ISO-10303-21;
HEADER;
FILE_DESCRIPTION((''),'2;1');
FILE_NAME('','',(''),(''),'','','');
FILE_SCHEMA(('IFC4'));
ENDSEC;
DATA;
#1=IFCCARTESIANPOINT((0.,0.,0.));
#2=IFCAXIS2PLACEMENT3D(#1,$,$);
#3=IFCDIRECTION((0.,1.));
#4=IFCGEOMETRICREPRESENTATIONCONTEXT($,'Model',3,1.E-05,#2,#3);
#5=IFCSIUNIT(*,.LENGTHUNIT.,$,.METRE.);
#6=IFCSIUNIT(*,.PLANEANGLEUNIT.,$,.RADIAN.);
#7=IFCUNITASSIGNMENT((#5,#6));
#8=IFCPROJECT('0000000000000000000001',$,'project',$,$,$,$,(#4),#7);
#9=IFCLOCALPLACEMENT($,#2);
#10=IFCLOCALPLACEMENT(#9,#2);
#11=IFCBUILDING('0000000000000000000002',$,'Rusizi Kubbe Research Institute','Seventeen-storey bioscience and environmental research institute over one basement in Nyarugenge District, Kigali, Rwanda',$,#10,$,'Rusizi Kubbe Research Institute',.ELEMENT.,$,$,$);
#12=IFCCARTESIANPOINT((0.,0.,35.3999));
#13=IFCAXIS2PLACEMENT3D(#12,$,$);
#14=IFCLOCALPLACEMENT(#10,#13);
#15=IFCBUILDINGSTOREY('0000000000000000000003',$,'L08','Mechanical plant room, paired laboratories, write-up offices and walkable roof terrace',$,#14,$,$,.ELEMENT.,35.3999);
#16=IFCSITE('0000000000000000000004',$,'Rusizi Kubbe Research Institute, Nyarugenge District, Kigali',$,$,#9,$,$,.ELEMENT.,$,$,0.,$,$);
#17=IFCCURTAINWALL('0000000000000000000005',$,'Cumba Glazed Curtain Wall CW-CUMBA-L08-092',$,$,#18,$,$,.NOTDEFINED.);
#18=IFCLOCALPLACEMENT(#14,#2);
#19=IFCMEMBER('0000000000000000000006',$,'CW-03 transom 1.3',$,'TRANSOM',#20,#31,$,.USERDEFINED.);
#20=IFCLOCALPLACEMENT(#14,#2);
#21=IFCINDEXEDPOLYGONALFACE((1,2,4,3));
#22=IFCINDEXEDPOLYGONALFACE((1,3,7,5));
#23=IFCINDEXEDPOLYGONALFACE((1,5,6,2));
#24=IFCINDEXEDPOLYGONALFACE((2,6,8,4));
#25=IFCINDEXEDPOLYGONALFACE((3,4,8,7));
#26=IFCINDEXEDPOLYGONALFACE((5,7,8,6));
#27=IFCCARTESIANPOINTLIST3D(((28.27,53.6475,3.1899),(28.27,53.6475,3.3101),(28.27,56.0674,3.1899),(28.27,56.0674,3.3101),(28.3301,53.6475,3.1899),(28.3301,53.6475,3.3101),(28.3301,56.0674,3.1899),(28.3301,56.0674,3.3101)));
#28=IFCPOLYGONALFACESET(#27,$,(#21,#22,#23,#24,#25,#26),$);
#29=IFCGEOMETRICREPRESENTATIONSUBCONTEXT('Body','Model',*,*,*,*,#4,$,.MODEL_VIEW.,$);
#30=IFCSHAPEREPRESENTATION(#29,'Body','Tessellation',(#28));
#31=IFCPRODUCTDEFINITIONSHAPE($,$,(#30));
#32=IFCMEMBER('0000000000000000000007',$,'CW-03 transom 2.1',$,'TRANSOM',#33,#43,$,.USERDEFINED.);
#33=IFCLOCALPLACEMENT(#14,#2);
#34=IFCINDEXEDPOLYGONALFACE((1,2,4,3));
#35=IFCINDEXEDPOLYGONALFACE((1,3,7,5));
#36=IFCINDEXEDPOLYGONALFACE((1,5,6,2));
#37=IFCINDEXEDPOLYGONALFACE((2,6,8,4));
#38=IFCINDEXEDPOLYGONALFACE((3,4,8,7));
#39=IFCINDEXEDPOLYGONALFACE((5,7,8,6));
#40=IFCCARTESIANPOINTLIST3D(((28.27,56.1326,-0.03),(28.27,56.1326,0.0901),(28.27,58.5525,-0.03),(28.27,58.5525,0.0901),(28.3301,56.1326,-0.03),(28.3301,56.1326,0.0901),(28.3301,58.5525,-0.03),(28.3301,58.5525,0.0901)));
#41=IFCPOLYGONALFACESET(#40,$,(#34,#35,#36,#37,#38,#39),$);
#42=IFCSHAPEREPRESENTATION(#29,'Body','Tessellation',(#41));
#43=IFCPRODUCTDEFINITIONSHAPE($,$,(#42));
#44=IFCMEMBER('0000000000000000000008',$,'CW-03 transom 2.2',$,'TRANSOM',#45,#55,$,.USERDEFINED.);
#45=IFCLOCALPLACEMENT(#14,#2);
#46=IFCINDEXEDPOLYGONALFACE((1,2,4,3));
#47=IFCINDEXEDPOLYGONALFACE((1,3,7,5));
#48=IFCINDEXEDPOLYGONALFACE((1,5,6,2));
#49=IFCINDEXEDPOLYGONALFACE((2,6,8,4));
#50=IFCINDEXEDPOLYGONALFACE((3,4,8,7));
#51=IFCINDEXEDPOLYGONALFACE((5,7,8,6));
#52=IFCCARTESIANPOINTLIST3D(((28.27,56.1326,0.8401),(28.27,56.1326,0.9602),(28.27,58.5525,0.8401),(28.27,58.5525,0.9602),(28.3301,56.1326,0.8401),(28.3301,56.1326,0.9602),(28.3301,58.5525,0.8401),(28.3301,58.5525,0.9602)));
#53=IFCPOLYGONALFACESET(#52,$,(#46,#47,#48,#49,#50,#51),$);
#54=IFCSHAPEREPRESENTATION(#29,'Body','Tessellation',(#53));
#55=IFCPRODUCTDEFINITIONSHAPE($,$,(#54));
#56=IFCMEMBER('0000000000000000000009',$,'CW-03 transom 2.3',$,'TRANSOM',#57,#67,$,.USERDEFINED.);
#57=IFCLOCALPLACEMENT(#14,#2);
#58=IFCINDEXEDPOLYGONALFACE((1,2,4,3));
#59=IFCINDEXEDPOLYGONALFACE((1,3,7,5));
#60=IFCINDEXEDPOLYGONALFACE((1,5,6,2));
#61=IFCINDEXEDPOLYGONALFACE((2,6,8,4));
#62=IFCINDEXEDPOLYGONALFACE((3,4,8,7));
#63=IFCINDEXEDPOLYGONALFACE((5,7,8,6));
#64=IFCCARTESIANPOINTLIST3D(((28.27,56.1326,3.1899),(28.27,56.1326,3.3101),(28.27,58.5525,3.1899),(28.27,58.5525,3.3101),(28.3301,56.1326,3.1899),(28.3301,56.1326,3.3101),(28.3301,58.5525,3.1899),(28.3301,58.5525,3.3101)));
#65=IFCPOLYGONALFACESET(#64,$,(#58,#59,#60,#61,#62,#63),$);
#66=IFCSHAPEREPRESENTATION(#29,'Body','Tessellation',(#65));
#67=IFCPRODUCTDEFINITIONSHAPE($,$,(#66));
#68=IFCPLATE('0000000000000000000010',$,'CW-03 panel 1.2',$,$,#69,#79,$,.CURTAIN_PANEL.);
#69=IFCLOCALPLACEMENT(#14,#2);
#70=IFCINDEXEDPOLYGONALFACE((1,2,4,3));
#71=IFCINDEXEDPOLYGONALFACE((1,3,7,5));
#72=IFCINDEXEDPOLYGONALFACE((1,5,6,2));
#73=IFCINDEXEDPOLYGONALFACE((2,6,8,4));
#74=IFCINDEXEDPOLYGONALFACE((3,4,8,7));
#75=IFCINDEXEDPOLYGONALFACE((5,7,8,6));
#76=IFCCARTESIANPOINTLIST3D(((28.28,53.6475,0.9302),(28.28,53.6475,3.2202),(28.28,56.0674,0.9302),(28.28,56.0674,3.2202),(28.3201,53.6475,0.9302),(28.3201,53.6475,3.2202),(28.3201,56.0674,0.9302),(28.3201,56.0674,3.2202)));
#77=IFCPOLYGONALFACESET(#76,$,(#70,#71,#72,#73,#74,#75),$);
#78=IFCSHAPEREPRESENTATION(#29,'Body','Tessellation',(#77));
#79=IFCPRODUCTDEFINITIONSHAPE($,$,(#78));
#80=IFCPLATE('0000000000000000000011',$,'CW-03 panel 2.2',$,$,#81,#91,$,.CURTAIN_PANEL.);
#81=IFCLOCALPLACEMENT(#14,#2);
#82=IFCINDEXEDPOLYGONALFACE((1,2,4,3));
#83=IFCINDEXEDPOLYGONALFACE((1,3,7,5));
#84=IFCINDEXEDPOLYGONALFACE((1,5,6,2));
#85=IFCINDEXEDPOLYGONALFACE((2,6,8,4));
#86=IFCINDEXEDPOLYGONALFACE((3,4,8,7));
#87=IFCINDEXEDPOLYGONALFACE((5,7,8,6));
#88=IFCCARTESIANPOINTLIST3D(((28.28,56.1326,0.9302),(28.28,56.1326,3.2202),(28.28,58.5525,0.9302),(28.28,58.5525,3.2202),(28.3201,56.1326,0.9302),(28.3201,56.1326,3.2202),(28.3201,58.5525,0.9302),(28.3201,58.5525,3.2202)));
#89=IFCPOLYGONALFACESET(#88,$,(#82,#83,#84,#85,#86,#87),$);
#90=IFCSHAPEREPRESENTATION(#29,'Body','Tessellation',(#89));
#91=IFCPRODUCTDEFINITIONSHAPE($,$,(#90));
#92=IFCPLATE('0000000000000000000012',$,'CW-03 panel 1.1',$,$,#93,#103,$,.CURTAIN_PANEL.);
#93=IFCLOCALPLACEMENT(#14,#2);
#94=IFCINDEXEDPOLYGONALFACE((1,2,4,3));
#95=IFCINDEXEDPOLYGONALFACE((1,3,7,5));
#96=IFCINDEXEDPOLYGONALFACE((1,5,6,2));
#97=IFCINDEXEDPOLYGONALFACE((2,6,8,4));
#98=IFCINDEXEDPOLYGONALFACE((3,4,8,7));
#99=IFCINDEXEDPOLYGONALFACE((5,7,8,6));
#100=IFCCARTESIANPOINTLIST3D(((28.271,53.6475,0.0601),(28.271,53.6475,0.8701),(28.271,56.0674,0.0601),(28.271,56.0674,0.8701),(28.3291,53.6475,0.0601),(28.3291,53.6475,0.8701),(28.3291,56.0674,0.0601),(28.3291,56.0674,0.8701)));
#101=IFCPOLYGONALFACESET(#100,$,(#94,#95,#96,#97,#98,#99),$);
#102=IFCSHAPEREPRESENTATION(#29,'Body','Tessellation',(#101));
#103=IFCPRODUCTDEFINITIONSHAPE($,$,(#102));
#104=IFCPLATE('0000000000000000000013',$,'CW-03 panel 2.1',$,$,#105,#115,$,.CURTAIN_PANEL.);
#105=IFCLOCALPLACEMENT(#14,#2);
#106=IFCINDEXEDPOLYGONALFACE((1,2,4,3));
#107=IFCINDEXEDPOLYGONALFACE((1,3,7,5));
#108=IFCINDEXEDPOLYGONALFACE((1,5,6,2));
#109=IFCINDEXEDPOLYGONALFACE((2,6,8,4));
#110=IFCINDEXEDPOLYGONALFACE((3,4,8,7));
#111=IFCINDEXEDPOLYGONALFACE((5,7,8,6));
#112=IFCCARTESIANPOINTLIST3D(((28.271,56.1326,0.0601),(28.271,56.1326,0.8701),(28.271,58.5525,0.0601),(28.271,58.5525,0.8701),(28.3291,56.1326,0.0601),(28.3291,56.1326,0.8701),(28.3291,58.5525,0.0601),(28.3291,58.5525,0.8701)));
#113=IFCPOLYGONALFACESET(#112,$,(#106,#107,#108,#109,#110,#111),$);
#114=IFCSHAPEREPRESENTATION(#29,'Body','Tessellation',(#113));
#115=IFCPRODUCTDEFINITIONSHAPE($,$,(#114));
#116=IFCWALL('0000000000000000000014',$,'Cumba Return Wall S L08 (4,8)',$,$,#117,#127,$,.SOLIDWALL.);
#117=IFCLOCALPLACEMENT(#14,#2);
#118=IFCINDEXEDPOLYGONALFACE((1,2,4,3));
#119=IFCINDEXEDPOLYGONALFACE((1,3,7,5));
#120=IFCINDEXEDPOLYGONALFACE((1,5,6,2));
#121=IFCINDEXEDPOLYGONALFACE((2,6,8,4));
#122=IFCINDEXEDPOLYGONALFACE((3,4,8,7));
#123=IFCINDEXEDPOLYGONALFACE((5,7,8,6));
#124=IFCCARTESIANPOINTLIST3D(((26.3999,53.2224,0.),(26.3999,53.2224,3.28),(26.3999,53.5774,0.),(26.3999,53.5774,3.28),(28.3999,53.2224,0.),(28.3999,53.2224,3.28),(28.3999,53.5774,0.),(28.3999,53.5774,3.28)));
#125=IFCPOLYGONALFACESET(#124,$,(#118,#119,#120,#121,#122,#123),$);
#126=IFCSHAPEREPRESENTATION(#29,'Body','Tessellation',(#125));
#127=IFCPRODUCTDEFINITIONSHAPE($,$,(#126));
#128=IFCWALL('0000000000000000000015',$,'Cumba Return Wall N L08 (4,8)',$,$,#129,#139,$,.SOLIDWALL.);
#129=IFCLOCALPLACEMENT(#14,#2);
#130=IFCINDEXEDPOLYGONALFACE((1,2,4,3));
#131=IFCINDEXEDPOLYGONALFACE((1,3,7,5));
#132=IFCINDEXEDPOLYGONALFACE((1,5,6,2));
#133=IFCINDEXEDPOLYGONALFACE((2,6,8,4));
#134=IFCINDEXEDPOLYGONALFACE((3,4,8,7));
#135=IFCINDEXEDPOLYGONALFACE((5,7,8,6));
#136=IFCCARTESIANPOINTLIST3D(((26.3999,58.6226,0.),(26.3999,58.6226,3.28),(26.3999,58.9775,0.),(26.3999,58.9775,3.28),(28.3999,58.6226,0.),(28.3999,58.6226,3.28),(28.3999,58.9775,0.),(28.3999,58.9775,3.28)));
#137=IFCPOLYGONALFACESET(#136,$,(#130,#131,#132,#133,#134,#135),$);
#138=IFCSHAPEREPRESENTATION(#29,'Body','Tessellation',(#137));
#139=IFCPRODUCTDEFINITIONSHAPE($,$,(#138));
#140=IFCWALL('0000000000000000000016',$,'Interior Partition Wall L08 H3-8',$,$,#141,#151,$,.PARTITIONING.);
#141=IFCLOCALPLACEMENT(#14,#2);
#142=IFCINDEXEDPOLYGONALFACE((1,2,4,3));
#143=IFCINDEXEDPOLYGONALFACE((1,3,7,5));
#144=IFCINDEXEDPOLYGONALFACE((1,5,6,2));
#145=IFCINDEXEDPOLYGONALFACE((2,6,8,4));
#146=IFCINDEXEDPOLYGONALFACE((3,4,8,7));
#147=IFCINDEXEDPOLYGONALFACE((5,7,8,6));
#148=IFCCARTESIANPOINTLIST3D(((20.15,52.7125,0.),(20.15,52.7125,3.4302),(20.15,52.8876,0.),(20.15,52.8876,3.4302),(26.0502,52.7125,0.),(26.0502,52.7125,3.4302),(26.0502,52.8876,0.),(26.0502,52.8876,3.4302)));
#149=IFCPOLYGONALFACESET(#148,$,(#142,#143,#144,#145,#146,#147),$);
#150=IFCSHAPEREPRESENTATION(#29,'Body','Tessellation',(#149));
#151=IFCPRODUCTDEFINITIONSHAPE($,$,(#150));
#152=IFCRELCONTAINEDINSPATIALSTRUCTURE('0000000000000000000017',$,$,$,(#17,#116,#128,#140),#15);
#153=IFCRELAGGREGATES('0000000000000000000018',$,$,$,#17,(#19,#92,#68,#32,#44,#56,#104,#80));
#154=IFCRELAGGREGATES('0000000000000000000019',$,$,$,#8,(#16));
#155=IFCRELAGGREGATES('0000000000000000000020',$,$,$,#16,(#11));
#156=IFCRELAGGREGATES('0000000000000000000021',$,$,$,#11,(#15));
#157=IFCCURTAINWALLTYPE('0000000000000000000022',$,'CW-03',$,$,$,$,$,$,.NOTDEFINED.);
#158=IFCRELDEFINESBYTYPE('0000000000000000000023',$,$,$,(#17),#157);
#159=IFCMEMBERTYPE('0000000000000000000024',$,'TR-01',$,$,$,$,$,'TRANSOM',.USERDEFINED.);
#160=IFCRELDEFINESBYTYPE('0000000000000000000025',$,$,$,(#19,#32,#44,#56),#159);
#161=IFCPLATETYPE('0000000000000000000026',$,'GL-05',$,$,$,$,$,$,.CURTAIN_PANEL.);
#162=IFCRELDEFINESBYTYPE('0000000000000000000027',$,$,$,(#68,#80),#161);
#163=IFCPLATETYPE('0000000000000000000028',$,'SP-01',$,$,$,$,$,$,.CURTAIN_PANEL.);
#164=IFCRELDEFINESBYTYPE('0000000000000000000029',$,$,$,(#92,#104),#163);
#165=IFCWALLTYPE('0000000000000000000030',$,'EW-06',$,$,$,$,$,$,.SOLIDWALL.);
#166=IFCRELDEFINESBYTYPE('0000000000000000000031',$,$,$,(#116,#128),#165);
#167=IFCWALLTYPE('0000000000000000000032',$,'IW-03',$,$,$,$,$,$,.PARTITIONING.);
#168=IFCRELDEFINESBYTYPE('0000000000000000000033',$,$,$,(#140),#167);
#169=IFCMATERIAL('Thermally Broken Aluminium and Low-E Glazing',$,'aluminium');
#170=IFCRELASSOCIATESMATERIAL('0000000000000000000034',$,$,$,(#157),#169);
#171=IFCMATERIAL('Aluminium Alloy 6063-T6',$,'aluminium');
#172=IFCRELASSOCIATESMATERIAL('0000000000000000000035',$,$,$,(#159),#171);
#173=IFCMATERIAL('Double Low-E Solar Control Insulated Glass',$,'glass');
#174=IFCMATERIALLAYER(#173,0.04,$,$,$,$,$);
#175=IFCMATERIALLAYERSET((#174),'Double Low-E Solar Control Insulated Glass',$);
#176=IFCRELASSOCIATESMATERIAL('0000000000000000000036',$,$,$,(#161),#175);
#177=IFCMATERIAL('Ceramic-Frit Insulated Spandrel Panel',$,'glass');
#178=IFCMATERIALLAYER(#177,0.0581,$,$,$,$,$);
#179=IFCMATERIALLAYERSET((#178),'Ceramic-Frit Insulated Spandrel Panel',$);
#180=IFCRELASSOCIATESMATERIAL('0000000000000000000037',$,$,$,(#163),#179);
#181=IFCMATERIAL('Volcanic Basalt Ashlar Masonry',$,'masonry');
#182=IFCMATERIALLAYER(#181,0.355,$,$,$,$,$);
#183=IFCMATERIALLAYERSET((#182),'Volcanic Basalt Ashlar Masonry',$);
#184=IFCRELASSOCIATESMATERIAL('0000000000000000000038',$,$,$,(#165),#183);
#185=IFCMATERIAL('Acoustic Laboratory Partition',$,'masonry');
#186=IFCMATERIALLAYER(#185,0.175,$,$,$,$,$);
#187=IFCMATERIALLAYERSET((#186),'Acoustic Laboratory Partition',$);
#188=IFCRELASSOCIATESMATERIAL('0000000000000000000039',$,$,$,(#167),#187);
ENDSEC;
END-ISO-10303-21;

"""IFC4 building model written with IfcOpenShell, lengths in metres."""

from ifc_helpers import new_model, si_unit, direction, frame, frame_2d, origin, origin_2d, place, context, subcontext, project, spatial, rectangle, extrude, material, layer, layer_set, material_profile, profile_set, type_object, element, aggregate, save


model = new_model("IFC4")

# Units and contexts
model_context = context("Model", 3, precision=1e-05, world=origin(), true_north=direction((0.0, 1.0)))
body_context = subcontext(model_context, "Body", "Model", "MODEL_VIEW")
ifc_project = project(units=[si_unit("LENGTHUNIT", "METRE"), si_unit("PLANEANGLEUNIT", "RADIAN")], contexts=[model_context])

# Site, building, storey
site_placement = place(None, origin())
site = spatial("IfcSite", under=ifc_project, at=site_placement, Name="Rusizi Kubbe Research Institute, Nyarugenge District, Kigali", CompositionType="ELEMENT", RefElevation=0.0)
building_placement = place(site_placement, origin())
building = spatial("IfcBuilding", under=site, at=building_placement, Name="Rusizi Kubbe Research Institute", Description="Seventeen-storey bioscience and environmental research institute over one basement in Nyarugenge District, Kigali, Rwanda", LongName="Rusizi Kubbe Research Institute", CompositionType="ELEMENT")
storey_placement = place(building_placement, frame((0.0, 0.0, 35.3999)))
storey = spatial("IfcBuildingStorey", under=building, at=storey_placement, Name="L08", Description="Mechanical plant room, paired laboratories, write-up offices and walkable roof terrace", CompositionType="ELEMENT", Elevation=35.3999)

# Curtain wall
ifc_material_1 = material(Name="Thermally Broken Aluminium and Low-E Glazing", Category="aluminium")
curtain_wall_type_1 = type_object("IfcCurtainWallType", Name="CW-03", PredefinedType="NOTDEFINED", material=ifc_material_1)
curtain_wall_1_placement = place(storey_placement, origin())
curtain_wall_1 = element("IfcCurtainWall", 1, at=curtain_wall_1_placement, inside=storey, type_object=curtain_wall_type_1, Name="Cumba Glazed Curtain Wall CW-CUMBA-L08-092", PredefinedType="NOTDEFINED")

# Members
ifc_material_2 = material(Name="Aluminium Alloy 6063-T6", Category="aluminium")
ifc_material_profile_1 = material_profile(ifc_material_2, rectangle(XDim=0.0601, YDim=0.1201, at=origin_2d()), Name="ALU-T 60x120")
ifc_profile_set_1 = profile_set([ifc_material_profile_1], Name="Aluminium Alloy 6063-T6")
member_type_1 = type_object("IfcMemberType", Name="TR-01", ElementType="TRANSOM", PredefinedType="USERDEFINED", material=ifc_profile_set_1)
member_1_placement = place(storey_placement, frame((28.3, 53.6475, 3.25), z_axis=(0.0, 1.0, 0.0), x_axis=(-1.0, 0.0, 0.0)))
member_1 = element("IfcMember", 2, at=member_1_placement, type_object=member_type_1, Name="CW-03 transom 1.3", ObjectType="TRANSOM", PredefinedType="USERDEFINED", context=body_context, shape_type="SweptSolid", body=[
    extrude(rectangle(XDim=0.0601, YDim=0.1201, at=origin_2d()), origin(), (0.0, 0.0, 1.0), 2.4199),
])
member_2_placement = place(storey_placement, frame((28.3, 56.1326, 0.03), z_axis=(0.0, 1.0, 0.0), x_axis=(-1.0, 0.0, 0.0)))
member_2 = element("IfcMember", 3, at=member_2_placement, type_object=member_type_1, Name="CW-03 transom 2.1", ObjectType="TRANSOM", PredefinedType="USERDEFINED", context=body_context, shape_type="SweptSolid", body=[
    extrude(rectangle(XDim=0.0601, YDim=0.1201, at=origin_2d()), origin(), (0.0, 0.0, 1.0), 2.4199),
])
member_3_placement = place(storey_placement, frame((28.3, 56.1326, 0.9001), z_axis=(0.0, 1.0, 0.0), x_axis=(-1.0, 0.0, 0.0)))
member_3 = element("IfcMember", 4, at=member_3_placement, type_object=member_type_1, Name="CW-03 transom 2.2", ObjectType="TRANSOM", PredefinedType="USERDEFINED", context=body_context, shape_type="SweptSolid", body=[
    extrude(rectangle(XDim=0.0601, YDim=0.1201, at=origin_2d()), origin(), (0.0, 0.0, 1.0), 2.4199),
])
member_4_placement = place(storey_placement, frame((28.3, 56.1326, 3.25), z_axis=(0.0, 1.0, 0.0), x_axis=(-1.0, 0.0, 0.0)))
member_4 = element("IfcMember", 5, at=member_4_placement, type_object=member_type_1, Name="CW-03 transom 2.3", ObjectType="TRANSOM", PredefinedType="USERDEFINED", context=body_context, shape_type="SweptSolid", body=[
    extrude(rectangle(XDim=0.0601, YDim=0.1201, at=origin_2d()), origin(), (0.0, 0.0, 1.0), 2.4199),
])

# Plates
ifc_material_3 = material(Name="Double Low-E Solar Control Insulated Glass", Category="glass")
ifc_layer_1 = layer(ifc_material_3, 0.04)
ifc_layer_set_1 = layer_set([ifc_layer_1], Name="Double Low-E Solar Control Insulated Glass")
plate_type_1 = type_object("IfcPlateType", Name="GL-05", PredefinedType="CURTAIN_PANEL", material=ifc_layer_set_1)
plate_1_placement = place(storey_placement, frame((28.3, 54.8574, 0.9302), z_axis=(0.0, 0.0, 1.0), x_axis=(0.0, 1.0, 0.0)))
plate_1 = element("IfcPlate", 6, at=plate_1_placement, type_object=plate_type_1, Name="CW-03 panel 1.2", PredefinedType="CURTAIN_PANEL", context=body_context, shape_type="SweptSolid", body=[
    extrude(rectangle(XDim=2.4199, YDim=0.04, at=origin_2d()), origin(), (0.0, 0.0, 1.0), 2.29),
])
plate_2_placement = place(storey_placement, frame((28.3, 57.3425, 0.9302), z_axis=(0.0, 0.0, 1.0), x_axis=(0.0, 1.0, 0.0)))
plate_2 = element("IfcPlate", 7, at=plate_2_placement, type_object=plate_type_1, Name="CW-03 panel 2.2", PredefinedType="CURTAIN_PANEL", context=body_context, shape_type="SweptSolid", body=[
    extrude(rectangle(XDim=2.4199, YDim=0.04, at=origin_2d()), origin(), (0.0, 0.0, 1.0), 2.29),
])
ifc_material_4 = material(Name="Ceramic-Frit Insulated Spandrel Panel", Category="glass")
ifc_layer_2 = layer(ifc_material_4, 0.0581)
ifc_layer_set_2 = layer_set([ifc_layer_2], Name="Ceramic-Frit Insulated Spandrel Panel")
plate_type_2 = type_object("IfcPlateType", Name="SP-01", PredefinedType="CURTAIN_PANEL", material=ifc_layer_set_2)
plate_3_placement = place(storey_placement, frame((28.3, 54.8574, 0.0601), z_axis=(0.0, 0.0, 1.0), x_axis=(0.0, 1.0, 0.0)))
plate_3 = element("IfcPlate", 8, at=plate_3_placement, type_object=plate_type_2, Name="CW-03 panel 1.1", PredefinedType="CURTAIN_PANEL", context=body_context, shape_type="SweptSolid", body=[
    extrude(rectangle(XDim=2.4199, YDim=0.0581, at=origin_2d()), origin(), (0.0, 0.0, 1.0), 0.8101),
])
plate_4_placement = place(storey_placement, frame((28.3, 57.3425, 0.0601), z_axis=(0.0, 0.0, 1.0), x_axis=(0.0, 1.0, 0.0)))
plate_4 = element("IfcPlate", 9, at=plate_4_placement, type_object=plate_type_2, Name="CW-03 panel 2.1", PredefinedType="CURTAIN_PANEL", context=body_context, shape_type="SweptSolid", body=[
    extrude(rectangle(XDim=2.4199, YDim=0.0581, at=origin_2d()), origin(), (0.0, 0.0, 1.0), 0.8101),
])
aggregate(curtain_wall_1, [member_1, plate_3, plate_1, member_2, member_3, member_4, plate_4, plate_2])

# Walls
ifc_material_5 = material(Name="Volcanic Basalt Ashlar Masonry", Category="masonry")
ifc_layer_3 = layer(ifc_material_5, 0.355)
ifc_layer_set_3 = layer_set([ifc_layer_3], Name="Volcanic Basalt Ashlar Masonry")
wall_type_1 = type_object("IfcWallType", Name="EW-06", PredefinedType="SOLIDWALL", material=ifc_layer_set_3)
for number, where, z_axis, x_axis, name in (
    (10, (26.3999, 53.3999, 0.0), (0.0, 0.0, 1.0), (1.0, 0.0, 0.0), "Cumba Return Wall S L08 (4,8)"),
    (11, (26.3999, 58.8, 0.0), (0.0, 0.0, 1.0), (1.0, 0.0, 0.0), "Cumba Return Wall N L08 (4,8)"),
):
    element("IfcWall", number, at=place(storey_placement, frame(where, z_axis=z_axis, x_axis=x_axis)), inside=storey, type_object=wall_type_1, Name=name, PredefinedType="SOLIDWALL", context=body_context, shape_type="SweptSolid", body=[
        extrude(rectangle(XDim=2.0, YDim=0.355, at=frame_2d((1.0, 0.0))), origin(), (0.0, 0.0, 1.0), 3.28),
    ])
ifc_material_6 = material(Name="Acoustic Laboratory Partition", Category="masonry")
ifc_layer_4 = layer(ifc_material_6, 0.175)
ifc_layer_set_4 = layer_set([ifc_layer_4], Name="Acoustic Laboratory Partition")
wall_type_2 = type_object("IfcWallType", Name="IW-03", PredefinedType="PARTITIONING", material=ifc_layer_set_4)
wall_placement = place(storey_placement, frame((20.1499, 52.8, 0.0), z_axis=(0.0, 0.0, 1.0), x_axis=(1.0, 0.0, 0.0)))
element("IfcWall", 12, at=wall_placement, inside=storey, type_object=wall_type_2, Name="Interior Partition Wall L08 H3-8", PredefinedType="PARTITIONING", context=body_context, shape_type="SweptSolid", body=[
    extrude(rectangle(XDim=5.9001, YDim=0.175, at=frame_2d((2.9502, 0.0))), origin(), (0.0, 0.0, 1.0), 3.4302),
])

save(model, "model.ifc")
